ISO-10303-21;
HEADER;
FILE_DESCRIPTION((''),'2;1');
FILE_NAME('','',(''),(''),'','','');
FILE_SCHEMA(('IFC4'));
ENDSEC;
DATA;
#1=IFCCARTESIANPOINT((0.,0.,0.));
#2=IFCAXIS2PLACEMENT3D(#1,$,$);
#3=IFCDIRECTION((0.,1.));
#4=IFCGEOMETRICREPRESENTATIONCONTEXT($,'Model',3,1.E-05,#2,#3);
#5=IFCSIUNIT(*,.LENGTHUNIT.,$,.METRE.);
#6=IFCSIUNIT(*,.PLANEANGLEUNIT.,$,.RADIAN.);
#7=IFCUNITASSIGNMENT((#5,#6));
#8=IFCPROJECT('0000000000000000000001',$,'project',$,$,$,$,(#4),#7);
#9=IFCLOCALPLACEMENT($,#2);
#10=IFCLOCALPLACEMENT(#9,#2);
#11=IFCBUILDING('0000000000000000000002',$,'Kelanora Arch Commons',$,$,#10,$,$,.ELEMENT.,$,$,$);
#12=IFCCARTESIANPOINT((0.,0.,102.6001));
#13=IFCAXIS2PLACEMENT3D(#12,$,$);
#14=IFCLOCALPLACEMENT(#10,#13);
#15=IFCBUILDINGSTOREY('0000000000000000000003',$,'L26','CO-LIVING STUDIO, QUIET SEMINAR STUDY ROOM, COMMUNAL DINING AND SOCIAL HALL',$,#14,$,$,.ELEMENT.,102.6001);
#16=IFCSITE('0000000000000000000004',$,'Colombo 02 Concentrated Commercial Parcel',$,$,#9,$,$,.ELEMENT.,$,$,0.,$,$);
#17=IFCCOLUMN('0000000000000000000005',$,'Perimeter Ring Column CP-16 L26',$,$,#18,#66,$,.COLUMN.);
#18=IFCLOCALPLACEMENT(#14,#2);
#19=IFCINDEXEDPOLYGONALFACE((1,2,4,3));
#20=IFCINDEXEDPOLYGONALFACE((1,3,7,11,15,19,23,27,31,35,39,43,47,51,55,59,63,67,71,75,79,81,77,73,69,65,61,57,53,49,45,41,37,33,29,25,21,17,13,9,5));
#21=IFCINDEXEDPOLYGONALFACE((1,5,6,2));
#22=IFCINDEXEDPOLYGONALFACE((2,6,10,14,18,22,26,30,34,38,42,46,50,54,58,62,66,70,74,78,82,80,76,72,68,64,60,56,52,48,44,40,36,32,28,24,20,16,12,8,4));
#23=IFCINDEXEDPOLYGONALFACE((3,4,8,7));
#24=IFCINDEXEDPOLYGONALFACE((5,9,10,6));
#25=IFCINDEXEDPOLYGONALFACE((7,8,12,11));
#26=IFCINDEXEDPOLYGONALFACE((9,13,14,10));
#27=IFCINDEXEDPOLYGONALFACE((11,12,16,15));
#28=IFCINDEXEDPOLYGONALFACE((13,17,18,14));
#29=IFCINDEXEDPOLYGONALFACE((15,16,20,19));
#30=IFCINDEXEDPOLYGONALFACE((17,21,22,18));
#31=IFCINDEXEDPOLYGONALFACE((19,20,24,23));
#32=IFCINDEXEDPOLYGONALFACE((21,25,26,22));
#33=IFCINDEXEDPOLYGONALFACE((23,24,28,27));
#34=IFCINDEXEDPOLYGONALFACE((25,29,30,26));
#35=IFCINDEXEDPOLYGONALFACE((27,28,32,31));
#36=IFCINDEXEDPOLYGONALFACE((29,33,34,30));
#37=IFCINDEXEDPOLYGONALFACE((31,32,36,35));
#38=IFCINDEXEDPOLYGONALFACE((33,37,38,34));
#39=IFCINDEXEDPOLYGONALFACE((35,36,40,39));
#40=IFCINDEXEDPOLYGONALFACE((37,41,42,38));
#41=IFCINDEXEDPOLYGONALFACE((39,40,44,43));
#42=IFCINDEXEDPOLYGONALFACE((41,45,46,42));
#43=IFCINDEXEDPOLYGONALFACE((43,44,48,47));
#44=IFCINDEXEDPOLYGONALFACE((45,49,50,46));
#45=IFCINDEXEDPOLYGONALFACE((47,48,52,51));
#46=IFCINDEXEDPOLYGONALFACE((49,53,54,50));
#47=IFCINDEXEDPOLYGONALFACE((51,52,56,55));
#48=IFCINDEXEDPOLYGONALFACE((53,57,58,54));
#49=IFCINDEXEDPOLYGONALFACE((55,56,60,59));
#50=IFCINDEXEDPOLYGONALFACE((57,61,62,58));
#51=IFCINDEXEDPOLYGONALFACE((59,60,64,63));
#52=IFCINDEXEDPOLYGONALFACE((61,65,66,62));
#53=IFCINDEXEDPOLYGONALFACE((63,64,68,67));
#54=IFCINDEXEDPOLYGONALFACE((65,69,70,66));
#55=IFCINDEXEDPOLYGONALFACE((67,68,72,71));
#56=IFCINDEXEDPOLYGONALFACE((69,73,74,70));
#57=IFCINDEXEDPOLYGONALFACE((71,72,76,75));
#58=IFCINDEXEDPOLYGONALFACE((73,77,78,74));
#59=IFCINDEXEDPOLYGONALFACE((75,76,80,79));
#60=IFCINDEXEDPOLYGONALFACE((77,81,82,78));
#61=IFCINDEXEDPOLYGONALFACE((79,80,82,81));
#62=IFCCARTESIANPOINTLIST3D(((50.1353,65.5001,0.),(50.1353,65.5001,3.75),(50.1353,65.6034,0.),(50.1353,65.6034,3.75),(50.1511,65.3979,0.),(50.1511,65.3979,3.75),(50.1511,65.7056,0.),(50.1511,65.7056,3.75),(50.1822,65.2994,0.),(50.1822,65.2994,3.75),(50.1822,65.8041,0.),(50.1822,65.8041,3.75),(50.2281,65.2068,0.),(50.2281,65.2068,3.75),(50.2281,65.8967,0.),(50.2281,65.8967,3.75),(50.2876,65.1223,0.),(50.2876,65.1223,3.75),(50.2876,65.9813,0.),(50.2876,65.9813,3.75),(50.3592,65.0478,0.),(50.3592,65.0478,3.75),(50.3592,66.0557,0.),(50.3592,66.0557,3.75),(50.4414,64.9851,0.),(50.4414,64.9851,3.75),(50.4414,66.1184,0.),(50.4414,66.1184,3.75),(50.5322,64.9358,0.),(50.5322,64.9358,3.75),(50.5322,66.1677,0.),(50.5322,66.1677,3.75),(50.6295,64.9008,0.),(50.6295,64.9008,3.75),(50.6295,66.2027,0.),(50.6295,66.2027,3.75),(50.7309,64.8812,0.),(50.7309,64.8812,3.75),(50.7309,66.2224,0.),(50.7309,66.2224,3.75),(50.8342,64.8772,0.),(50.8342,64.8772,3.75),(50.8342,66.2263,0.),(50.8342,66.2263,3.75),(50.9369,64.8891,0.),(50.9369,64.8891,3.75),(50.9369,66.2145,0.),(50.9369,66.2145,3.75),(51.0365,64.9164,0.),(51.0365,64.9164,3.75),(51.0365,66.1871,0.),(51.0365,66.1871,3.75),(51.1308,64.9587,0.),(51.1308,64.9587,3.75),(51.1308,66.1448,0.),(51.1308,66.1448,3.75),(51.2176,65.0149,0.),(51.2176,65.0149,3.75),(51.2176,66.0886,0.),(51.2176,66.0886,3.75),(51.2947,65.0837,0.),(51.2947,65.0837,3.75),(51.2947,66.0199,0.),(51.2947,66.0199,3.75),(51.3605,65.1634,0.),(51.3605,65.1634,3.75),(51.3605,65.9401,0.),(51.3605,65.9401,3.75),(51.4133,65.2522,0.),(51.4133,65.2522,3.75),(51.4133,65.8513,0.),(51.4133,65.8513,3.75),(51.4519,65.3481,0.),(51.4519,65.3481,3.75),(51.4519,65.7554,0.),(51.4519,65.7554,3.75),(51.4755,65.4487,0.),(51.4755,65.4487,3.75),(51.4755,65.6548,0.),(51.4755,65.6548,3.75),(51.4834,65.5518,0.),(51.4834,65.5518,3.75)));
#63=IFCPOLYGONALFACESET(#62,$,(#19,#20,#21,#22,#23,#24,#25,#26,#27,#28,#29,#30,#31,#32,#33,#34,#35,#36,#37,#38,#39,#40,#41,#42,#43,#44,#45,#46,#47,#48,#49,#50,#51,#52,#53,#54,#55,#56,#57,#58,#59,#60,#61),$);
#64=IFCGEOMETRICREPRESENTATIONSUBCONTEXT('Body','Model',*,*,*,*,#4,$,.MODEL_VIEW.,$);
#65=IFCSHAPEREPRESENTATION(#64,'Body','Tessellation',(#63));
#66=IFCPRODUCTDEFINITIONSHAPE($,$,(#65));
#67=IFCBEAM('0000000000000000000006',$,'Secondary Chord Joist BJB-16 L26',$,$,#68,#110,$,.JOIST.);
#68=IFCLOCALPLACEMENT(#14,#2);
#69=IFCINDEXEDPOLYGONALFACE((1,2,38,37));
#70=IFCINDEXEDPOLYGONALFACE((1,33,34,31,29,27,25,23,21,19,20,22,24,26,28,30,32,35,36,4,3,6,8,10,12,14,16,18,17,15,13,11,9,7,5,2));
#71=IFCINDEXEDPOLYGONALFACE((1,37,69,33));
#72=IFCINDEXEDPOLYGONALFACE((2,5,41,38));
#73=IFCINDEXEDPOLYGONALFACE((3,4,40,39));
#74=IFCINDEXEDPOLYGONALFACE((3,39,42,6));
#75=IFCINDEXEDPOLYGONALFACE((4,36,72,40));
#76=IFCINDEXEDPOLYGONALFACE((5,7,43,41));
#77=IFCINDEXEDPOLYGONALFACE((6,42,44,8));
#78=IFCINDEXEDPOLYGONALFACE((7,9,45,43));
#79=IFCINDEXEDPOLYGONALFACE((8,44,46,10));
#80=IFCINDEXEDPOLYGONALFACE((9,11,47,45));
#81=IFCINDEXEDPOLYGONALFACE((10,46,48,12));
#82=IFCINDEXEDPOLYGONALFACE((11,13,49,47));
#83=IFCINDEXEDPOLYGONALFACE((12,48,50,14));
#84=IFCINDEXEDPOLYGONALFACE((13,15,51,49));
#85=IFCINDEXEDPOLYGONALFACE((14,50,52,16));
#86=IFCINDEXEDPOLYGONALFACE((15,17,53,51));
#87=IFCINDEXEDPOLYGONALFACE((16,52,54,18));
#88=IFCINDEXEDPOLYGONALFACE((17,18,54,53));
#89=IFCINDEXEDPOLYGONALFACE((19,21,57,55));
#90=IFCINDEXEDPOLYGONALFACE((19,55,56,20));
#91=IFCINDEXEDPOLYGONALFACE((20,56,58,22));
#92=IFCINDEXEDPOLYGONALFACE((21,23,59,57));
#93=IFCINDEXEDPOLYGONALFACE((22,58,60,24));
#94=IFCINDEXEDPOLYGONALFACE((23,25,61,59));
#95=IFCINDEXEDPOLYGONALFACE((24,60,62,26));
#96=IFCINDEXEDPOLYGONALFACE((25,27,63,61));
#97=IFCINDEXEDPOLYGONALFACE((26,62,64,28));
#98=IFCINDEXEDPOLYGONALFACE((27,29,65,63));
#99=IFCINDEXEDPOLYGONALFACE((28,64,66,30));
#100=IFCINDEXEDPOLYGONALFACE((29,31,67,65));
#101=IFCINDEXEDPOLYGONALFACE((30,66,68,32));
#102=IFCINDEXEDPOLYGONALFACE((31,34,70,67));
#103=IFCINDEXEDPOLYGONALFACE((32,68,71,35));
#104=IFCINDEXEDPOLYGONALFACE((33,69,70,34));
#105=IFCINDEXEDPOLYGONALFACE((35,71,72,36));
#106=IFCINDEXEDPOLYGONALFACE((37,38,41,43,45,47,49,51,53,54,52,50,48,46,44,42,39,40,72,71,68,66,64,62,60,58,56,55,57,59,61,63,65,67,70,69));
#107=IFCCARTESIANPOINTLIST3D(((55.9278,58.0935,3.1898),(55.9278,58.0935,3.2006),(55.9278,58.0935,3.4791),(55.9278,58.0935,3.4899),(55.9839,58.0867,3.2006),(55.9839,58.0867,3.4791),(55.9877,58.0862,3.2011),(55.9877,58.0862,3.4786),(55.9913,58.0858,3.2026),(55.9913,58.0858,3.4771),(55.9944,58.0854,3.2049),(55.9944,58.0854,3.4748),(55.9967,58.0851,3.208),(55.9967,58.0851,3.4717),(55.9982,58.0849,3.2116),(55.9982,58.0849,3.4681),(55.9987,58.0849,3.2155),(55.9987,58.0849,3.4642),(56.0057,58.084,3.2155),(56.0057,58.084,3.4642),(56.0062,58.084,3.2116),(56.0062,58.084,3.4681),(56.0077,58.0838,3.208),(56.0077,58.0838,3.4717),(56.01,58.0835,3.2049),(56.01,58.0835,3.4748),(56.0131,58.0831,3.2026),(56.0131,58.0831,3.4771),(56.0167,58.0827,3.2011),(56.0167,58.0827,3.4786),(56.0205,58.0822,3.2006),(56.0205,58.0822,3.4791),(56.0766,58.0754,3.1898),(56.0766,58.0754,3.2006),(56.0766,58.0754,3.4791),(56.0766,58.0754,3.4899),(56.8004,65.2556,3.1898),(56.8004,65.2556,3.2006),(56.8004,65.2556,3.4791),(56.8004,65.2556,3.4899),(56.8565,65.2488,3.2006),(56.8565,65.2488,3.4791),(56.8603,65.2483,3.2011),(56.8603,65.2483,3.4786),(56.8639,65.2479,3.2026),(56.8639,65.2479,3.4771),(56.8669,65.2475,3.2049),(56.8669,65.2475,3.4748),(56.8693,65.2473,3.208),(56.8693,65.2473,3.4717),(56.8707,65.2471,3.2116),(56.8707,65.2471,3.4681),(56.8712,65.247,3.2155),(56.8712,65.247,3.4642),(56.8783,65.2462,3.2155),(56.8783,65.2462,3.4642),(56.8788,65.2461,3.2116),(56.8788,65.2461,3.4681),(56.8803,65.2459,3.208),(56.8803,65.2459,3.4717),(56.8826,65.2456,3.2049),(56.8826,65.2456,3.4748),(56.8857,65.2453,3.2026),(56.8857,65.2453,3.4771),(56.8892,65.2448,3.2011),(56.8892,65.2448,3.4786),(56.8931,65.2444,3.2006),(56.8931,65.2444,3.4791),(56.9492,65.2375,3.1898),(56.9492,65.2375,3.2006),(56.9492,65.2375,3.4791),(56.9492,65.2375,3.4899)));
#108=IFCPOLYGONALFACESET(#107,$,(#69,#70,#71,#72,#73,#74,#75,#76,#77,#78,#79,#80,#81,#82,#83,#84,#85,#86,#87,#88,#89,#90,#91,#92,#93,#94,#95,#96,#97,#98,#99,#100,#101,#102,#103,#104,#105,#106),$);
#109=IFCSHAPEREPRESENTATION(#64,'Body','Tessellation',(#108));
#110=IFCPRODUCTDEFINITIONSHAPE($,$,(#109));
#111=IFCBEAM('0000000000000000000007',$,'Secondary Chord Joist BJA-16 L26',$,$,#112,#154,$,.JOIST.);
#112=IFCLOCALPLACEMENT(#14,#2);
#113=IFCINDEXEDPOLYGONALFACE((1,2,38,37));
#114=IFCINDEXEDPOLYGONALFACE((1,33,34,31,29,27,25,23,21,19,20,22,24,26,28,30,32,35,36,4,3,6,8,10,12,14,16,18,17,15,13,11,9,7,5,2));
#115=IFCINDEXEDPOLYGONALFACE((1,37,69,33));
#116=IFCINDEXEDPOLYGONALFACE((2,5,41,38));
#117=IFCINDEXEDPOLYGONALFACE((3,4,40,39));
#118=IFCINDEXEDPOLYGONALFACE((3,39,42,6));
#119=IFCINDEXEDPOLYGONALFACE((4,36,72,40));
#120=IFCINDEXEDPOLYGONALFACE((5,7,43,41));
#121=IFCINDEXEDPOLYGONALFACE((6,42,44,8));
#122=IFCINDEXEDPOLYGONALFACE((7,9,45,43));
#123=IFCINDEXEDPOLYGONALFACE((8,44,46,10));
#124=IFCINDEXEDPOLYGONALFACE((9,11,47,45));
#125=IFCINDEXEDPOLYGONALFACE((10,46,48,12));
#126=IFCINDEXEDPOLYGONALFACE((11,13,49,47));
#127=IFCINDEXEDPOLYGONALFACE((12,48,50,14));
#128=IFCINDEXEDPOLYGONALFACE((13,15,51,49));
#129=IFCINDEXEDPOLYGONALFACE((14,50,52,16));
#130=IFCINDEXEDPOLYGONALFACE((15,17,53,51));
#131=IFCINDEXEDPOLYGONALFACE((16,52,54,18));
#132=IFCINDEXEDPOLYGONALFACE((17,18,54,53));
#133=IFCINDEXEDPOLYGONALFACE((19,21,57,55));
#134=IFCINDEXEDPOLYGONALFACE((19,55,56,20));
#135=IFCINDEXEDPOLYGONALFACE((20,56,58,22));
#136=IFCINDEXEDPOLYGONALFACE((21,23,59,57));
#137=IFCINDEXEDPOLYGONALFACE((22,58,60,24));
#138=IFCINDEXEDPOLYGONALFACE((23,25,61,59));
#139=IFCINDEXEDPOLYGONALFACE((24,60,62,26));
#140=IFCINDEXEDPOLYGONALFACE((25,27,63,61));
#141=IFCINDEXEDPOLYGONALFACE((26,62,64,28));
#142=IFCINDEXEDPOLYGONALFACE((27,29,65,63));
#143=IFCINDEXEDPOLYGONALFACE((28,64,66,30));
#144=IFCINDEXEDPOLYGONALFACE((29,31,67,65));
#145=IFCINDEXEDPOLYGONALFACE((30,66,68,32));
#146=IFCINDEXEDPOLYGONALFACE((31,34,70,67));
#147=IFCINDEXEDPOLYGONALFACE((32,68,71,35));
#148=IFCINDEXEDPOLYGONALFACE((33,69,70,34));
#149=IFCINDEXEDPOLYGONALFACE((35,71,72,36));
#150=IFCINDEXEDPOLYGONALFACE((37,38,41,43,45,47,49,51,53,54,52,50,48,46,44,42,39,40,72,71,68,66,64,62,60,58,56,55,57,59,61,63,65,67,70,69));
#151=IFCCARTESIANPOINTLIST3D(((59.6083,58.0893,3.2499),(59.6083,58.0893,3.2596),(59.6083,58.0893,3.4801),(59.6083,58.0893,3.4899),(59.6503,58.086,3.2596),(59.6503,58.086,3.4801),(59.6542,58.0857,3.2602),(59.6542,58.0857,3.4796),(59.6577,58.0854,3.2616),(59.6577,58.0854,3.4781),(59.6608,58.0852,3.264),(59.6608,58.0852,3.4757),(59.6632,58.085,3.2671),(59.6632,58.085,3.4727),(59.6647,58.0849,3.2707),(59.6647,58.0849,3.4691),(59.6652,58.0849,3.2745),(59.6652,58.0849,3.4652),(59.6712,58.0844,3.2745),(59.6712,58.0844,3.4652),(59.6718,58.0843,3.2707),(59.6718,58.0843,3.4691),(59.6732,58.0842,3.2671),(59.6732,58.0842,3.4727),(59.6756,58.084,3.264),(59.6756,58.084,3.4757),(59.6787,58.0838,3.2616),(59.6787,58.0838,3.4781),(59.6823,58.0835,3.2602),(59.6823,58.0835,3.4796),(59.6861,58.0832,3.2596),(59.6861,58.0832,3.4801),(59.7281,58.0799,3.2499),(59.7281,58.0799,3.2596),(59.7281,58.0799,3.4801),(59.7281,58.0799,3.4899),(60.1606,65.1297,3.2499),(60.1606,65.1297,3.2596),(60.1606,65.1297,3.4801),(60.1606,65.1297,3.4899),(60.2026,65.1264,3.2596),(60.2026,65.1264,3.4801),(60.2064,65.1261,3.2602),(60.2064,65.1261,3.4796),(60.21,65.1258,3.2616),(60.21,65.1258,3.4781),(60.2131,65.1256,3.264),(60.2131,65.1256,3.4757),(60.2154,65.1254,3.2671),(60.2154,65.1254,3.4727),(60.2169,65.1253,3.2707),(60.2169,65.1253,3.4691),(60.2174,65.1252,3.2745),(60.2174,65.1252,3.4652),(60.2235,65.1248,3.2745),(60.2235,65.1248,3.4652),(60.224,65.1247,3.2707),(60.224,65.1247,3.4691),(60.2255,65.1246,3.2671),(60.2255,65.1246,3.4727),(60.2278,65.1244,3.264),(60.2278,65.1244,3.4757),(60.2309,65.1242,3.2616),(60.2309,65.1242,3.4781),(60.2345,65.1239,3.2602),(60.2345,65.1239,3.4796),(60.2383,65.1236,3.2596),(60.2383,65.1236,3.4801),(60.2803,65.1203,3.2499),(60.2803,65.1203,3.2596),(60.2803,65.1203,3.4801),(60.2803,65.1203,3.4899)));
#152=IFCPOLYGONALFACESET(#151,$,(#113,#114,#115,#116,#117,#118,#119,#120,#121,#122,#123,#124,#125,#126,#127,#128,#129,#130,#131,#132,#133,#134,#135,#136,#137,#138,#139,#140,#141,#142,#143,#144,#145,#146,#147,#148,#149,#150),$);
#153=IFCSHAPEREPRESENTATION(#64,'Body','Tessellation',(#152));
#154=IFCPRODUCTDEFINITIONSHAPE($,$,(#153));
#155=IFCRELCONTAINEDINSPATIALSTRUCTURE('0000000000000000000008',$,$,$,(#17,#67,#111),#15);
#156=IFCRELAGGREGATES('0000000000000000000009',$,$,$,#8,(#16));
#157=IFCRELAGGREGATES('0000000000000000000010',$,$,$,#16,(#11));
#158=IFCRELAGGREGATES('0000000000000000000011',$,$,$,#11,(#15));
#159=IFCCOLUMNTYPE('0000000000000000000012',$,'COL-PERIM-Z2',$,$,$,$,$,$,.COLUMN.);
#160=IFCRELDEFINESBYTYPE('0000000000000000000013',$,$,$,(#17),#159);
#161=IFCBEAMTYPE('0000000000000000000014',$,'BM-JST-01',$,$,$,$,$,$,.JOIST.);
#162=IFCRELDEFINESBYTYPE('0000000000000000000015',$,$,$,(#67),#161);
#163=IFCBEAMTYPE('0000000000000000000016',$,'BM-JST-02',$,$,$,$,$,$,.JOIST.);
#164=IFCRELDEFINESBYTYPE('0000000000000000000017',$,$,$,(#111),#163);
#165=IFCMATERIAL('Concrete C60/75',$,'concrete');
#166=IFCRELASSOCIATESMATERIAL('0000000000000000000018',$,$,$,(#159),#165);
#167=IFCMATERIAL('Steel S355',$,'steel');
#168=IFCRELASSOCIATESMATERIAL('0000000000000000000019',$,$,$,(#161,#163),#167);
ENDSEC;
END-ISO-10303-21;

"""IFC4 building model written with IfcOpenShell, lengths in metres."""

from ifc_helpers import new_model, si_unit, direction, frame, origin, origin_2d, place, context, subcontext, project, spatial, circle, i_section, extrude, material, material_profile, profile_set, type_object, element, save


model = new_model("IFC4")

# Units and contexts
model_context = context("Model", 3, precision=1e-05, world=origin(), true_north=direction((0.0, 1.0)))
body_context = subcontext(model_context, "Body", "Model", "MODEL_VIEW")
ifc_project = project(units=[si_unit("LENGTHUNIT", "METRE"), si_unit("PLANEANGLEUNIT", "RADIAN")], contexts=[model_context])

# Site, building, storey
site_placement = place(None, origin())
site = spatial("IfcSite", under=ifc_project, at=site_placement, Name="Colombo 02 Concentrated Commercial Parcel", CompositionType="ELEMENT", RefElevation=0.0)
building_placement = place(site_placement, origin())
building = spatial("IfcBuilding", under=site, at=building_placement, Name="Kelanora Arch Commons", CompositionType="ELEMENT")
storey_placement = place(building_placement, frame((0.0, 0.0, 102.6001)))
storey = spatial("IfcBuildingStorey", under=building, at=storey_placement, Name="L26", Description="CO-LIVING STUDIO, QUIET SEMINAR STUDY ROOM, COMMUNAL DINING AND SOCIAL HALL", CompositionType="ELEMENT", Elevation=102.6001)

# Column
ifc_material_1 = material(Name="Concrete C60/75", Category="concrete")
ifc_material_profile_1 = material_profile(ifc_material_1, circle(Radius=0.675, at=origin_2d()), Name="RCC1350")
ifc_profile_set_1 = profile_set([ifc_material_profile_1], Name="Concrete C60/75")
column_type = type_object("IfcColumnType", Name="COL-PERIM-Z2", PredefinedType="COLUMN", material=ifc_profile_set_1)
column_placement = place(storey_placement, frame((50.8083, 65.5518, 0.0), z_axis=(0.0, 0.0, 1.0), x_axis=(1.0, 0.0, 0.0)))
element("IfcColumn", 1, at=column_placement, inside=storey, type_object=column_type, Name="Perimeter Ring Column CP-16 L26", PredefinedType="COLUMN", context=body_context, shape_type="SweptSolid", body=[
    extrude(circle(Radius=0.675, at=origin_2d()), origin(), (0.0, 0.0, 1.0), 3.75),
])

# Beams
ifc_material_2 = material(Name="Steel S355", Category="steel")
ifc_material_profile_2 = material_profile(ifc_material_2, i_section(OverallWidth=0.1499, OverallDepth=0.3, WebThickness=0.0071, FlangeThickness=0.0107, FilletRadius=0.0149, at=origin_2d()), Name="IPE300")
ifc_profile_set_2 = profile_set([ifc_material_profile_2], Name="Steel S355")
beam_type_1 = type_object("IfcBeamType", Name="BM-JST-01", PredefinedType="JOIST", material=ifc_profile_set_2)
beam_1_placement = place(storey_placement, frame((56.8748, 65.2466, 3.3398), z_axis=(-0.120936, -0.99266, 0.0), x_axis=(0.99266, -0.120936, 0.0)))
element("IfcBeam", 2, at=beam_1_placement, inside=storey, type_object=beam_type_1, Name="Secondary Chord Joist BJB-16 L26", PredefinedType="JOIST", context=body_context, shape_type="SweptSolid", body=[
    extrude(i_section(OverallWidth=0.1499, OverallDepth=0.3, WebThickness=0.0071, FlangeThickness=0.0107, FilletRadius=0.0149, at=origin_2d()), origin(), (0.0, 0.0, 1.0), 7.2151),
])
ifc_material_profile_3 = material_profile(ifc_material_2, i_section(OverallWidth=0.1201, OverallDepth=0.24, WebThickness=0.0061, FlangeThickness=0.0098, FilletRadius=0.0149, at=origin_2d()), Name="IPE240")
ifc_profile_set_3 = profile_set([ifc_material_profile_3], Name="Steel S355")
beam_type_2 = type_object("IfcBeamType", Name="BM-JST-02", PredefinedType="JOIST", material=ifc_profile_set_3)
beam_2_placement = place(storey_placement, frame((60.2205, 65.125, 3.3699), z_axis=(-0.078201, -0.996938, 0.0), x_axis=(0.996938, -0.078201, 0.0)))
element("IfcBeam", 3, at=beam_2_placement, inside=storey, type_object=beam_type_2, Name="Secondary Chord Joist BJA-16 L26", PredefinedType="JOIST", context=body_context, shape_type="SweptSolid", body=[
    extrude(i_section(OverallWidth=0.1201, OverallDepth=0.24, WebThickness=0.0061, FlangeThickness=0.0098, FilletRadius=0.0149, at=origin_2d()), origin(), (0.0, 0.0, 1.0), 7.062),
])

save(model, "model.ifc")
